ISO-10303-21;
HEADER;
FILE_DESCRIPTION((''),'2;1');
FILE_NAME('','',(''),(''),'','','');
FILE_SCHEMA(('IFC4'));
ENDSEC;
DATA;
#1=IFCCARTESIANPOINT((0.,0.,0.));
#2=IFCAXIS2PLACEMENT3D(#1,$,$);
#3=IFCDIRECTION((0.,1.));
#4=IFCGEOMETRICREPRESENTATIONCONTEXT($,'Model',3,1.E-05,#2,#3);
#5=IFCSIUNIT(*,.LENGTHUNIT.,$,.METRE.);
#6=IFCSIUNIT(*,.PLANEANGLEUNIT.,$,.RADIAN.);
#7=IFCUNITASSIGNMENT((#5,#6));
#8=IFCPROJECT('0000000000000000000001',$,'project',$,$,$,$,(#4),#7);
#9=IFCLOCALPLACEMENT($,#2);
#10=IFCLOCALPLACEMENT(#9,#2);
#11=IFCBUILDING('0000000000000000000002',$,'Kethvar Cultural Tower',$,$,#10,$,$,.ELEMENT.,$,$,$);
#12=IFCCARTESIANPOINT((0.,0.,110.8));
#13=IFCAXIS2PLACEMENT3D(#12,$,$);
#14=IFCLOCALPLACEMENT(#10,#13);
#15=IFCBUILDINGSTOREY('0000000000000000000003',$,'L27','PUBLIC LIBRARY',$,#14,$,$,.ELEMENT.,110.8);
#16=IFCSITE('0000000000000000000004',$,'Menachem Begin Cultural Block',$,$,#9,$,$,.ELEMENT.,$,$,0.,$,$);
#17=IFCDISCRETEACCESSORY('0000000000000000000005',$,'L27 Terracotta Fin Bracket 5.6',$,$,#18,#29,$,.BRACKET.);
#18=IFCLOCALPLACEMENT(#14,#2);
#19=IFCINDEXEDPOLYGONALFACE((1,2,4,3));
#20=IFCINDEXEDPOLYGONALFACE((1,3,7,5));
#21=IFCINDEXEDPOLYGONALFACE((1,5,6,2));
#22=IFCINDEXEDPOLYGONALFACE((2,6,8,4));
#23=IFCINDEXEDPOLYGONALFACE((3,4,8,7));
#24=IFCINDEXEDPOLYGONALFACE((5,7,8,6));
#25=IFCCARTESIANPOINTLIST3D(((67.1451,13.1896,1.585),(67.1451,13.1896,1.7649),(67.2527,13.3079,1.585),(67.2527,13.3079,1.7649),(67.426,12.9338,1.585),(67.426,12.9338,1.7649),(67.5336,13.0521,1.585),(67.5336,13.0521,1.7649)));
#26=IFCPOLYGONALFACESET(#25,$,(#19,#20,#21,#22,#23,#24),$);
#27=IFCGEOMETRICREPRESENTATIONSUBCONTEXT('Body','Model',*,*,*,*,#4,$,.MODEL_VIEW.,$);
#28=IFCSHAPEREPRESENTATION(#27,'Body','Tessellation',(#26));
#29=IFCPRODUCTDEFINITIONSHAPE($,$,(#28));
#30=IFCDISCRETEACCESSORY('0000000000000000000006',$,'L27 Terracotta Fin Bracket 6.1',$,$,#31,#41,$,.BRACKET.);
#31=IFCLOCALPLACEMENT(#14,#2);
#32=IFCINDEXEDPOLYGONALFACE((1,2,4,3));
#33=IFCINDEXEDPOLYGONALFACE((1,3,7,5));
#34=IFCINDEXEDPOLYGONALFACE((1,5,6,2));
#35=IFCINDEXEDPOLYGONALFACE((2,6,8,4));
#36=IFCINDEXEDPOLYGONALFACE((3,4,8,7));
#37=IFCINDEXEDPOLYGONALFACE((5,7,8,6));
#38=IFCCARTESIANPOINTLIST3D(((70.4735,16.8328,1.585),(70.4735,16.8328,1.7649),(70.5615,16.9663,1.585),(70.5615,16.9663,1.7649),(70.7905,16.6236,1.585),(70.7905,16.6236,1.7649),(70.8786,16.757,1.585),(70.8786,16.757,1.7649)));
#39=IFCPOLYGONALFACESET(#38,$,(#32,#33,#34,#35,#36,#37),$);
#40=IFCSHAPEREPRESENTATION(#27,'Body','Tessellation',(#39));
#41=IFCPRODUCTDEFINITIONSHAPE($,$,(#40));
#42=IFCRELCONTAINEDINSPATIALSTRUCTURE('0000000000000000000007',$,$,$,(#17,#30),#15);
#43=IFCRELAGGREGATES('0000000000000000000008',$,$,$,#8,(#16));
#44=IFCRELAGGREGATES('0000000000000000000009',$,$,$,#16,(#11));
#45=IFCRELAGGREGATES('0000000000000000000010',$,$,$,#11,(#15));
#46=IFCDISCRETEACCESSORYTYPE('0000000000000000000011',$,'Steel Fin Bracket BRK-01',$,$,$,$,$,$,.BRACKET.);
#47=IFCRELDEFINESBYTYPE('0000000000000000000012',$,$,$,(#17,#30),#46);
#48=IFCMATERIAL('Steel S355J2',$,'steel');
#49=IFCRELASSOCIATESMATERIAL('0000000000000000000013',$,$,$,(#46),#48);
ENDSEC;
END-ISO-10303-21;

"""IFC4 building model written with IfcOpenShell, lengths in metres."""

from ifc_helpers import new_model, si_unit, direction, frame, origin, origin_2d, place, context, subcontext, project, spatial, rectangle, extrude, source, transform, mapped, material, type_object, element, save


model = new_model("IFC4")

# Units and contexts
model_context = context("Model", 3, precision=1e-05, world=origin(), true_north=direction((0.0, 1.0)))
body_context = subcontext(model_context, "Body", "Model", "MODEL_VIEW")
ifc_project = project(units=[si_unit("LENGTHUNIT", "METRE"), si_unit("PLANEANGLEUNIT", "RADIAN")], contexts=[model_context])

# Site, building, storey
site_placement = place(None, origin())
site = spatial("IfcSite", under=ifc_project, at=site_placement, Name="Menachem Begin Cultural Block", CompositionType="ELEMENT", RefElevation=0.0)
building_placement = place(site_placement, origin())
building = spatial("IfcBuilding", under=site, at=building_placement, Name="Kethvar Cultural Tower", CompositionType="ELEMENT")
storey_placement = place(building_placement, frame((0.0, 0.0, 110.8)))
storey = spatial("IfcBuildingStorey", under=building, at=storey_placement, Name="L27", Description="PUBLIC LIBRARY", CompositionType="ELEMENT", Elevation=110.8)

# Shared definitions
ifc_material_1 = material(Name="Steel S355J2", Category="steel")

# Discrete accessories
discrete_accessory_type = type_object("IfcDiscreteAccessoryType", Name="Steel Fin Bracket BRK-01", PredefinedType="BRACKET", material=ifc_material_1)
shared_shape_1 = source(origin(), body_context, "Body", "SweptSolid", [
    extrude(rectangle(XDim=0.3799, YDim=0.1599, at=origin_2d()), origin(), (0.0, 0.0, 1.0), 0.1799),
])
for number, where, z_axis, x_axis, name in (
    (1, (67.3394, 13.1208, 1.585), (0.0, 0.0, 1.0), (0.739396, -0.673271, 0.0), "L27 Terracotta Fin Bracket 5.6"),
    (2, (70.676, 16.7949, 1.585), (0.0, 0.0, 1.0), (0.834656, -0.550772, 0.0), "L27 Terracotta Fin Bracket 6.1"),
):
    element("IfcDiscreteAccessory", number, at=place(storey_placement, frame(where, z_axis=z_axis, x_axis=x_axis)), inside=storey, type_object=discrete_accessory_type, Name=name, PredefinedType="BRACKET", context=body_context, shape_type="MappedRepresentation", body=[
        mapped(shared_shape_1, transform((0.0, 0.0, 0.0), scale=1.0)),
    ])

save(model, "model.ifc")
